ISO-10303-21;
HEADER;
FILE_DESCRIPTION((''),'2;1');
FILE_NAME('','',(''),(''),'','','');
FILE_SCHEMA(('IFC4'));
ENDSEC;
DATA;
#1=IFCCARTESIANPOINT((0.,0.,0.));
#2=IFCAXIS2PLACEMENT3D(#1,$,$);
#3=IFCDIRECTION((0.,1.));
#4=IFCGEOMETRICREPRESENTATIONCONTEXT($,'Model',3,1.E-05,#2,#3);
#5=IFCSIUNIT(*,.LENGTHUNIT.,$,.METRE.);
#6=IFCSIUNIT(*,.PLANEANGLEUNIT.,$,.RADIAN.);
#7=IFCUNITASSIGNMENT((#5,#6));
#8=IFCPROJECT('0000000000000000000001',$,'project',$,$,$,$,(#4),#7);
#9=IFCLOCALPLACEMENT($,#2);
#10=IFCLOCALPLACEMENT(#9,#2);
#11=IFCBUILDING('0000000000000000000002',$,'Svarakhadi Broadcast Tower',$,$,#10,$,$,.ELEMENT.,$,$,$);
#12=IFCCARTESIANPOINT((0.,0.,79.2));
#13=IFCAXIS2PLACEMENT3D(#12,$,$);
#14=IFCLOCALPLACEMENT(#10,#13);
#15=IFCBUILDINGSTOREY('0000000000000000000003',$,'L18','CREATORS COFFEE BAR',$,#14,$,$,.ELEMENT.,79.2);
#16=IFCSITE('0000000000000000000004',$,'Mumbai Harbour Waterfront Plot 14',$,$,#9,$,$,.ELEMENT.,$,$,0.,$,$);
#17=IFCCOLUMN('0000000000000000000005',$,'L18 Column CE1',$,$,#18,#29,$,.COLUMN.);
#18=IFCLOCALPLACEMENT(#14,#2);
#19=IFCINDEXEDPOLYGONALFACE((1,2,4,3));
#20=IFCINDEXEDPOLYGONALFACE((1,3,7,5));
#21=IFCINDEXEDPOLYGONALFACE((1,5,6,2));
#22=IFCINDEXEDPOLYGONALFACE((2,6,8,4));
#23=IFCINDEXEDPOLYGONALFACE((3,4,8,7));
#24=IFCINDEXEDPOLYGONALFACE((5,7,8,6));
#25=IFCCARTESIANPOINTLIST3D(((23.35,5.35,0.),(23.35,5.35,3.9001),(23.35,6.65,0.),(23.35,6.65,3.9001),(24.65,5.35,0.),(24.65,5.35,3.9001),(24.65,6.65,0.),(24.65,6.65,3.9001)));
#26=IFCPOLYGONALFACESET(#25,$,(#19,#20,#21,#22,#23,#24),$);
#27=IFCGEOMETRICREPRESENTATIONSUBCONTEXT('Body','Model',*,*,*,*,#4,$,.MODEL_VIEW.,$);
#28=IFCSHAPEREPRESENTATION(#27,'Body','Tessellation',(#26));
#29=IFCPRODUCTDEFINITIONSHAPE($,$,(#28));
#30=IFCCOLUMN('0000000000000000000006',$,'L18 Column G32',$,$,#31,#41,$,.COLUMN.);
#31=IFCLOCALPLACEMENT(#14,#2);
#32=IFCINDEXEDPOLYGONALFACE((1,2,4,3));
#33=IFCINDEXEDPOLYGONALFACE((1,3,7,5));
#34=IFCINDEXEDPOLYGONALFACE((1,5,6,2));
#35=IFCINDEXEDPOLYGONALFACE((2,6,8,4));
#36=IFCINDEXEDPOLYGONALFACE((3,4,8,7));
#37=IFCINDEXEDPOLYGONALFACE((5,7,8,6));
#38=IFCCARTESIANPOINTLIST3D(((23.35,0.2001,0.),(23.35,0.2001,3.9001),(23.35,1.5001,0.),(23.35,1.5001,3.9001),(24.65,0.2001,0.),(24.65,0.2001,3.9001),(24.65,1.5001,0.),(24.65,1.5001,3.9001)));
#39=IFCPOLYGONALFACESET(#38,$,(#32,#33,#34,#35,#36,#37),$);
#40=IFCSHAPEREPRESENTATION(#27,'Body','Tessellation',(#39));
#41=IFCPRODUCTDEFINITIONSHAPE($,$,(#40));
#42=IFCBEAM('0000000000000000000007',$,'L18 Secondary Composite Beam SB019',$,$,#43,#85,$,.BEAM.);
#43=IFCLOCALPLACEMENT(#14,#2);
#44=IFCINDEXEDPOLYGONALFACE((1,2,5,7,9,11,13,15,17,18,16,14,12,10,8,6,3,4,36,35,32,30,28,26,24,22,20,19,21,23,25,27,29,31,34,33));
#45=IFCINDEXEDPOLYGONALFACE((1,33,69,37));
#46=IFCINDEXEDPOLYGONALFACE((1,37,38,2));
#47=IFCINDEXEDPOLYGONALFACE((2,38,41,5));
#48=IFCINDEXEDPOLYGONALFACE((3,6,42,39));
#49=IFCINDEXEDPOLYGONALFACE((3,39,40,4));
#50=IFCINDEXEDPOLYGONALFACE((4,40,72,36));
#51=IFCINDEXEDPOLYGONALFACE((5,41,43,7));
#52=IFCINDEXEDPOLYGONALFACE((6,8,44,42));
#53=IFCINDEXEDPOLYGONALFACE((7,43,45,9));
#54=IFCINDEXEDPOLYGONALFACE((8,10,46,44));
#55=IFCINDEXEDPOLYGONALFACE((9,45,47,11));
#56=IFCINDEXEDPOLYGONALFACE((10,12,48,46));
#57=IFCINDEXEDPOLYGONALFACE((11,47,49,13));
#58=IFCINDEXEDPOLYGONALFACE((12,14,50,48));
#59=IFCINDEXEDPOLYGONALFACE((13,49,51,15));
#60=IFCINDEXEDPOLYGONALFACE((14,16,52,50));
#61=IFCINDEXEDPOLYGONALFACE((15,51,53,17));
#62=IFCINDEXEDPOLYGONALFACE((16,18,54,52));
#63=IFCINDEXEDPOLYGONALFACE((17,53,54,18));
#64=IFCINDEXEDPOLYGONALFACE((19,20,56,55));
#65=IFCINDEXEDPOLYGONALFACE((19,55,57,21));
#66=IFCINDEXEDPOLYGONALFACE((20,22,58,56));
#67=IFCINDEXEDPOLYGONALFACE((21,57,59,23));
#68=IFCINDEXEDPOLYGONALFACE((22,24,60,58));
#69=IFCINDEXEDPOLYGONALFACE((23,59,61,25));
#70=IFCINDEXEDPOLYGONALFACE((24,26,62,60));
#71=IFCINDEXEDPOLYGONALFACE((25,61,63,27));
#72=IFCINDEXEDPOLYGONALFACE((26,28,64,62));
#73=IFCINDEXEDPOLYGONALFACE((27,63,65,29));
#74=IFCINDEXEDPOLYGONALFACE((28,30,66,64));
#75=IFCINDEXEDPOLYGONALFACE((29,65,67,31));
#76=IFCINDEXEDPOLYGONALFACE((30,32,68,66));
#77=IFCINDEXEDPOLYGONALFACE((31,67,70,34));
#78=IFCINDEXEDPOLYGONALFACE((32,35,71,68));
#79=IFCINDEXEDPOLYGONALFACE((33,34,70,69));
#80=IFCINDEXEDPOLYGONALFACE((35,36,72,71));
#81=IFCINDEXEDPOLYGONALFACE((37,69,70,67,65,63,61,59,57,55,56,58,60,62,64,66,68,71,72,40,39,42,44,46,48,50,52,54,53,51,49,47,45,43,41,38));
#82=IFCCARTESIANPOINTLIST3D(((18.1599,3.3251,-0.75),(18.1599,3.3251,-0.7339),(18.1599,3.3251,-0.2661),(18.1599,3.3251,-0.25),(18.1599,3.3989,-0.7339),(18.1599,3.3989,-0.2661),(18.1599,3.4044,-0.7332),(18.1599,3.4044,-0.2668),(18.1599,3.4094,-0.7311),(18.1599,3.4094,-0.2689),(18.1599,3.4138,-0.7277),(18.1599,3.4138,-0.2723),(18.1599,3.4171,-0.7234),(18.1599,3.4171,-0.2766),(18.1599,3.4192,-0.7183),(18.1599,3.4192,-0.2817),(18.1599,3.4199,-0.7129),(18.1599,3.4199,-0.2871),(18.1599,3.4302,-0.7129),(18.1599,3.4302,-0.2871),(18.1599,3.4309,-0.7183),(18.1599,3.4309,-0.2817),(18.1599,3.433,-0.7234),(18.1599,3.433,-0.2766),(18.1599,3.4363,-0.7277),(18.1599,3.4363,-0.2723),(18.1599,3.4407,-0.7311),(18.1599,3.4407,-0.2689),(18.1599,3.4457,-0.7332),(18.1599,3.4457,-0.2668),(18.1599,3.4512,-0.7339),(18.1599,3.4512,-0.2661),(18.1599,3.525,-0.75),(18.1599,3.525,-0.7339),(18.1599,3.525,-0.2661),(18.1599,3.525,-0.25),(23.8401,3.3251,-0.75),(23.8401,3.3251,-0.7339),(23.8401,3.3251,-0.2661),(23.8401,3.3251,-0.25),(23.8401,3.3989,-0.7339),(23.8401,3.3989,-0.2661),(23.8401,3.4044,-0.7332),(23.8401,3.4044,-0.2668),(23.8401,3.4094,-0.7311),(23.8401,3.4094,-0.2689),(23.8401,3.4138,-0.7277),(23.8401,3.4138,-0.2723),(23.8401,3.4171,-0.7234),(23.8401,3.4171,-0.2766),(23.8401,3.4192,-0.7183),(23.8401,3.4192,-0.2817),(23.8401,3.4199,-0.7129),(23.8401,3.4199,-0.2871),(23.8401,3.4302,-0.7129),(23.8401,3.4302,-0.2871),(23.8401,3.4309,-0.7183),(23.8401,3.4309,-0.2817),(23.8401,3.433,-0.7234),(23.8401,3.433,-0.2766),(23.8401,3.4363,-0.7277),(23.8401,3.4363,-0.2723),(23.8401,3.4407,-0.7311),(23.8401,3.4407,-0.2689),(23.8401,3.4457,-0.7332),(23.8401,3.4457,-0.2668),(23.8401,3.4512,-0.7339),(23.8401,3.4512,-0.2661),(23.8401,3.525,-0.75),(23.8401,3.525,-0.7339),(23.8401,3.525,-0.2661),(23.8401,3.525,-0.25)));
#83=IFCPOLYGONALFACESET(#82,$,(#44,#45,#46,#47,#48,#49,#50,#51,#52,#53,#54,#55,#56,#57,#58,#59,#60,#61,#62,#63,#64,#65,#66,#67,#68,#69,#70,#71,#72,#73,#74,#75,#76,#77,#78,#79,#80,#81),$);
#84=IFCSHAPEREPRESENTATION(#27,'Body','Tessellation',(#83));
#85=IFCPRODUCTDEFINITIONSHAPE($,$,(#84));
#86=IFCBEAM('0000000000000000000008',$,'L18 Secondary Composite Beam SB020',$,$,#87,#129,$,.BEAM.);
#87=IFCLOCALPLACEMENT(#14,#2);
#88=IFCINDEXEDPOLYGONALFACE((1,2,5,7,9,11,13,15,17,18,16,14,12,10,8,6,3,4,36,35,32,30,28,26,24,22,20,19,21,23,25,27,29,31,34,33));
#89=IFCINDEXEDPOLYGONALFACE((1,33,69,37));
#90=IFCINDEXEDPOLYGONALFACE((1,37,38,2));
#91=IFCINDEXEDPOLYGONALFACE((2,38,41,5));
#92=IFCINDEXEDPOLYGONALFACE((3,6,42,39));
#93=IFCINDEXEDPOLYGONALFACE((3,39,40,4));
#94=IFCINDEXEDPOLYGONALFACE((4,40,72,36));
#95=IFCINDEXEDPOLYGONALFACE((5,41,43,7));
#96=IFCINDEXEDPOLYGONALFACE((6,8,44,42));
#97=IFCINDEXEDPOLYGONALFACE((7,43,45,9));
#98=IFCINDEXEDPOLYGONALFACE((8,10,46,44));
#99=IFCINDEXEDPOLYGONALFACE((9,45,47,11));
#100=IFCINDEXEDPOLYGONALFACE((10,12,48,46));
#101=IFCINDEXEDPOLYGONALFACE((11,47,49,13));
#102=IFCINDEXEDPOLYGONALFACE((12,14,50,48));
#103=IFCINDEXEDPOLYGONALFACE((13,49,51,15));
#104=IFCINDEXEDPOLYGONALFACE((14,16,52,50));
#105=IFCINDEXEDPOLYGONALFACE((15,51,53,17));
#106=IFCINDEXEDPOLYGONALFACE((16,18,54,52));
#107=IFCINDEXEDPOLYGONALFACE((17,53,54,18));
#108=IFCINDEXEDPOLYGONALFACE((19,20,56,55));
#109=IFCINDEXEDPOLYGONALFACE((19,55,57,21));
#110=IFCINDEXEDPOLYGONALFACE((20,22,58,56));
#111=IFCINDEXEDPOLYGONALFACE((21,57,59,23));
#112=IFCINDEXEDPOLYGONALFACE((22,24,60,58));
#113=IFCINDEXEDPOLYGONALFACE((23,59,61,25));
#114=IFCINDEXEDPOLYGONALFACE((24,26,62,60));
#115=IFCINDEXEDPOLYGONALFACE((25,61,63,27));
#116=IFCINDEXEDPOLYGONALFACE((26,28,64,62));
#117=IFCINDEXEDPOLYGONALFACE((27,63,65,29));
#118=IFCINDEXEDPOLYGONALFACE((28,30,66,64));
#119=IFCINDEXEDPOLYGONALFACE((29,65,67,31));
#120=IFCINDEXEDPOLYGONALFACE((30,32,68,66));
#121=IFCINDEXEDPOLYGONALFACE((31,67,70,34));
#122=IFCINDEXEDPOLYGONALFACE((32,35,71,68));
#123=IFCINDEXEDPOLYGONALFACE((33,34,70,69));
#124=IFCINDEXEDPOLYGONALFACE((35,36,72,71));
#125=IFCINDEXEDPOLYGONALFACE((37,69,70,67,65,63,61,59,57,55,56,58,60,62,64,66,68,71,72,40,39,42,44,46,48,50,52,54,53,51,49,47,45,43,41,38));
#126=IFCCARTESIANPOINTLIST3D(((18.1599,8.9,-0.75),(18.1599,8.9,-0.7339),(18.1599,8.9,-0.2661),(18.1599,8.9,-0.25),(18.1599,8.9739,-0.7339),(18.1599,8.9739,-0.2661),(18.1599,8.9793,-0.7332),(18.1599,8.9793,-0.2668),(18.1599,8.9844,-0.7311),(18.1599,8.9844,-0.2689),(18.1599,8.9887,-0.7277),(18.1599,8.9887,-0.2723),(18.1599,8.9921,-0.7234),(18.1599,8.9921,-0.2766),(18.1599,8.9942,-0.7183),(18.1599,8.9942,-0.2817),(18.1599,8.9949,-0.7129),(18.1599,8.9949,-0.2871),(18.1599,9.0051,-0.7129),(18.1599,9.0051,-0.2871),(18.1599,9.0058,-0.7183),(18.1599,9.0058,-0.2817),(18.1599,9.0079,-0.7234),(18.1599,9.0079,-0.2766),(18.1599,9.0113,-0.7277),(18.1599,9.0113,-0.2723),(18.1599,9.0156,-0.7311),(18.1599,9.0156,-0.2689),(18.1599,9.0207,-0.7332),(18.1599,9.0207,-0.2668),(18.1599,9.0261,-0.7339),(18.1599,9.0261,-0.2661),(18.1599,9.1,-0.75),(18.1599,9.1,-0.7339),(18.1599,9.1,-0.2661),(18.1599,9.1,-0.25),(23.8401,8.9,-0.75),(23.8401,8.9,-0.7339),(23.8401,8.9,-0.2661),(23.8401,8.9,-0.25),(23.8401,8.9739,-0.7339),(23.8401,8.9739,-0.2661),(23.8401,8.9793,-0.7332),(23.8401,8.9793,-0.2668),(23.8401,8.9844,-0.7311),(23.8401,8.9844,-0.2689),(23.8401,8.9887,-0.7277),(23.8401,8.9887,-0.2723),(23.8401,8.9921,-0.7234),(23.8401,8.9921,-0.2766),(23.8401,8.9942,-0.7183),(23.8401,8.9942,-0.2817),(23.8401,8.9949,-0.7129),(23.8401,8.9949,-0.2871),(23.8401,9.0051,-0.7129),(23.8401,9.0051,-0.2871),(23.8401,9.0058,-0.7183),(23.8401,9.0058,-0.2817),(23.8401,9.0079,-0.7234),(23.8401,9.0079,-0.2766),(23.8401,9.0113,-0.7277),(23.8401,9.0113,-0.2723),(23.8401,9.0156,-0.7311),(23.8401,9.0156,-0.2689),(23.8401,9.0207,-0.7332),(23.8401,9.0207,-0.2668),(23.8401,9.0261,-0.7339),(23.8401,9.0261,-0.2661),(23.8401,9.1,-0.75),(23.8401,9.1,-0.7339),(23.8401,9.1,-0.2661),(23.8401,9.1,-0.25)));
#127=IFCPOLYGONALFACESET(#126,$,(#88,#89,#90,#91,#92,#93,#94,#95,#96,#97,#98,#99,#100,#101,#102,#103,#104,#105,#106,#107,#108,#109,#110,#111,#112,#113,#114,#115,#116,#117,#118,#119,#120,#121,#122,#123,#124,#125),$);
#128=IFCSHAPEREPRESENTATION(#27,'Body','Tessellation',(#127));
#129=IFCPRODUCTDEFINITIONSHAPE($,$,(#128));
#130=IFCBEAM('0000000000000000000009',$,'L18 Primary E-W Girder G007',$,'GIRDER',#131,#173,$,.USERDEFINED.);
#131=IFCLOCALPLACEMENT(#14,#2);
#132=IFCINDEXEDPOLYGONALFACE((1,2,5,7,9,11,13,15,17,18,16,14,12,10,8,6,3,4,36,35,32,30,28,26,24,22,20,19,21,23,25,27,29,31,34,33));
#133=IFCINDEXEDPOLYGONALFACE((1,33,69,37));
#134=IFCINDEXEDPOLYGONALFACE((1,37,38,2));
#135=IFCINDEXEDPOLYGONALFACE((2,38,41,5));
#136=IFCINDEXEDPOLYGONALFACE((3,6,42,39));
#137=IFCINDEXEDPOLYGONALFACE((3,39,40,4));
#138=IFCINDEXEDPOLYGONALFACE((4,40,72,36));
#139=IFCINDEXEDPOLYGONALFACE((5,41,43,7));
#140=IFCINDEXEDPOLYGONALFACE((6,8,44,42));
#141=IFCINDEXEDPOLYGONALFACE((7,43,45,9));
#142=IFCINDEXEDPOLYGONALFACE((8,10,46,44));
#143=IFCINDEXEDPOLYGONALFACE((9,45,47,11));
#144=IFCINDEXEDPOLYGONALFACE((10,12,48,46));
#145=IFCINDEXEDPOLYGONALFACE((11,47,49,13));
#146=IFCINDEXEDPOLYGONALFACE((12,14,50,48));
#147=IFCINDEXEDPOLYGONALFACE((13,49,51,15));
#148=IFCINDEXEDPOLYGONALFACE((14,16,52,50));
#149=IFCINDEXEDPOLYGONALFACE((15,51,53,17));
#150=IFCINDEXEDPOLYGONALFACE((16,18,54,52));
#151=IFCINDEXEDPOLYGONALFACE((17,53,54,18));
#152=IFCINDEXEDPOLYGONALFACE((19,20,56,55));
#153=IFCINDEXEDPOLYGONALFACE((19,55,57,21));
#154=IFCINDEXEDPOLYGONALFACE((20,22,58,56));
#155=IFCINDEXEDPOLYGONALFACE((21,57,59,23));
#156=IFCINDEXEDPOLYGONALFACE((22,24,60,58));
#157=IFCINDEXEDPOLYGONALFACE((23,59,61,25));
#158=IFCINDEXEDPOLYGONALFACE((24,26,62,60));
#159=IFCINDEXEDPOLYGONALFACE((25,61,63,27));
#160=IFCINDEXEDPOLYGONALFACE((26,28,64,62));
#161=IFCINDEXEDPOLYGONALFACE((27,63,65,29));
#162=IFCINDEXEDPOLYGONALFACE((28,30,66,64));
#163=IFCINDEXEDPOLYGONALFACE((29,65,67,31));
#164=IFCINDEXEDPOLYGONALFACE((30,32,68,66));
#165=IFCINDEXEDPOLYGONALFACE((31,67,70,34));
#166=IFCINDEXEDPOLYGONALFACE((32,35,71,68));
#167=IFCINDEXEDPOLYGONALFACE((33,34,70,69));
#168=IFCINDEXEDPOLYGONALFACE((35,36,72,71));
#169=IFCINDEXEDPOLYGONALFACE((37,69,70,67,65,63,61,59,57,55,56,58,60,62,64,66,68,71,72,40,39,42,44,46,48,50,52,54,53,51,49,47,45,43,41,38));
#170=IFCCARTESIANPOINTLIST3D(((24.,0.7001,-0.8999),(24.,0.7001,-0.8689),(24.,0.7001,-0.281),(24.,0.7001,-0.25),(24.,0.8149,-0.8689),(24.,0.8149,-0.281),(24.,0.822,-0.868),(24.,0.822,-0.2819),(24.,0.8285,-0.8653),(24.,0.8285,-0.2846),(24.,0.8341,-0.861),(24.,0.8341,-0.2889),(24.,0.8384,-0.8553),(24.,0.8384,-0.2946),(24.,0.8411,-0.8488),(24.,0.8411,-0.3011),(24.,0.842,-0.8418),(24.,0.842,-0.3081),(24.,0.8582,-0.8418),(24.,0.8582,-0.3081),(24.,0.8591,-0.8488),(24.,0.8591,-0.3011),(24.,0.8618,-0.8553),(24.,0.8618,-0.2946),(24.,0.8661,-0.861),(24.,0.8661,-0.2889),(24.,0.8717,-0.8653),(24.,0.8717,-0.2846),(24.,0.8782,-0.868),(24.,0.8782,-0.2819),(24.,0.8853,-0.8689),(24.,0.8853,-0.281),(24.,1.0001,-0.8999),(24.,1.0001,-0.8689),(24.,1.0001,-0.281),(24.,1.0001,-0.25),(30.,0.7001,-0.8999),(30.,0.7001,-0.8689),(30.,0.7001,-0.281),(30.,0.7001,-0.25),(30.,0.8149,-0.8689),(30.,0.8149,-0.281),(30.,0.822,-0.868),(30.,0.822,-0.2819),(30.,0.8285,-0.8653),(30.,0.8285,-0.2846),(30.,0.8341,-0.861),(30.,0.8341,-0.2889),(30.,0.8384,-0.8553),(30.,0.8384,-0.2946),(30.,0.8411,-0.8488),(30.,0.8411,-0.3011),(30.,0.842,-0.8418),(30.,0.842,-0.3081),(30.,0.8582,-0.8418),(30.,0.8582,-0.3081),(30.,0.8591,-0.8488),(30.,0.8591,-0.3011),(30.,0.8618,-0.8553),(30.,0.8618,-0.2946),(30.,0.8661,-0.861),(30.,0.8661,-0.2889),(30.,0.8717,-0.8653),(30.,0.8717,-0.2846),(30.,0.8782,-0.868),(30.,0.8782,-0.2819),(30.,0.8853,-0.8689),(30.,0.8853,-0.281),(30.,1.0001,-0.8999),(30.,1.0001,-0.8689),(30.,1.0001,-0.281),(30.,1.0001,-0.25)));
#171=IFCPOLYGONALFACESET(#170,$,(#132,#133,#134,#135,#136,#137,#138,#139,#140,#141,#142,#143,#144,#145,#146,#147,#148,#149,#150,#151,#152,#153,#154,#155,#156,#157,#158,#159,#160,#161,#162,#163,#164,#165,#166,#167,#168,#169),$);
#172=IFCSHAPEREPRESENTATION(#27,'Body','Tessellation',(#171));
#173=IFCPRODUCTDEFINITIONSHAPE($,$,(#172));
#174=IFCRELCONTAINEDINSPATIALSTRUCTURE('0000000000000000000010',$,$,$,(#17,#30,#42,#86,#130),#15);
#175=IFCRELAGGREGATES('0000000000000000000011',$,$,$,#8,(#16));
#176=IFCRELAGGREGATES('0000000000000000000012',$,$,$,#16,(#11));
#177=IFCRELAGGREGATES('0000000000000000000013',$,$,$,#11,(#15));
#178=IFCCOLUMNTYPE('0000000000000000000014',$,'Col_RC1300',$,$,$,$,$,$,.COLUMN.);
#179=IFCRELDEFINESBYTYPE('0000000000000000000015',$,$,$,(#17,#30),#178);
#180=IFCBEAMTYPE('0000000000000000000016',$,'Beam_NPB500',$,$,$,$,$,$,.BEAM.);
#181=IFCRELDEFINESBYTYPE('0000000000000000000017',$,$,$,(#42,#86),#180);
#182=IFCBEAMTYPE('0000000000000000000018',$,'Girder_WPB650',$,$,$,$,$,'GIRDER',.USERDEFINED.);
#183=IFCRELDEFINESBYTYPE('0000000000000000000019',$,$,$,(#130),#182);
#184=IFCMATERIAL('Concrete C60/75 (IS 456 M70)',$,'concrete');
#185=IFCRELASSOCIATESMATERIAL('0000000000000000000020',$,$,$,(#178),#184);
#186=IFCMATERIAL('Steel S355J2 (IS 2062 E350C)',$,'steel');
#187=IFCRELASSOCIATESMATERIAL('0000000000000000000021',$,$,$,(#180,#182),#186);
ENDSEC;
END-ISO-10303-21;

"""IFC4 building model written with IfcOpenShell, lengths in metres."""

from ifc_helpers import new_model, si_unit, direction, frame, origin, origin_2d, place, context, subcontext, project, spatial, rectangle, i_section, extrude, material, material_profile, profile_set, type_object, element, save


model = new_model("IFC4")

# Units and contexts
model_context = context("Model", 3, precision=1e-05, world=origin(), true_north=direction((0.0, 1.0)))
body_context = subcontext(model_context, "Body", "Model", "MODEL_VIEW")
ifc_project = project(units=[si_unit("LENGTHUNIT", "METRE"), si_unit("PLANEANGLEUNIT", "RADIAN")], contexts=[model_context])

# Site, building, storey
site_placement = place(None, origin())
site = spatial("IfcSite", under=ifc_project, at=site_placement, Name="Mumbai Harbour Waterfront Plot 14", CompositionType="ELEMENT", RefElevation=0.0)
building_placement = place(site_placement, origin())
building = spatial("IfcBuilding", under=site, at=building_placement, Name="Svarakhadi Broadcast Tower", CompositionType="ELEMENT")
storey_placement = place(building_placement, frame((0.0, 0.0, 79.2)))
storey = spatial("IfcBuildingStorey", under=building, at=storey_placement, Name="L18", Description="CREATORS COFFEE BAR", CompositionType="ELEMENT", Elevation=79.2)

# Columns
ifc_material_1 = material(Name="Concrete C60/75 (IS 456 M70)", Category="concrete")
ifc_material_profile_1 = material_profile(ifc_material_1, rectangle(XDim=1.3, YDim=1.3, at=origin_2d()), Name="RC 1300x1300")
ifc_profile_set_1 = profile_set([ifc_material_profile_1], Name="Concrete C60/75 (IS 456 M70)")
column_type = type_object("IfcColumnType", Name="Col_RC1300", PredefinedType="COLUMN", material=ifc_profile_set_1)
for number, where, z_axis, x_axis, name in (
    (1, (24.0, 6.0, 0.0), (0.0, 0.0, 1.0), (1.0, 0.0, 0.0), "L18 Column CE1"),
    (2, (24.0, 0.8501, 0.0), (0.0, 0.0, 1.0), (1.0, 0.0, 0.0), "L18 Column G32"),
):
    element("IfcColumn", number, at=place(storey_placement, frame(where, z_axis=z_axis, x_axis=x_axis)), inside=storey, type_object=column_type, Name=name, PredefinedType="COLUMN", context=body_context, shape_type="SweptSolid", body=[
        extrude(rectangle(XDim=1.3, YDim=1.3, at=origin_2d()), origin(), (0.0, 0.0, 1.0), 3.9001),
    ])

# Beams
ifc_material_2 = material(Name="Steel S355J2 (IS 2062 E350C)", Category="steel")
ifc_material_profile_2 = material_profile(ifc_material_2, i_section(OverallWidth=0.2, OverallDepth=0.5, WebThickness=0.0103, FlangeThickness=0.0161, FilletRadius=0.021, at=origin_2d()), Name="NPB 500x200x91")
ifc_profile_set_2 = profile_set([ifc_material_profile_2], Name="Steel S355J2 (IS 2062 E350C)")
beam_type_1 = type_object("IfcBeamType", Name="Beam_NPB500", PredefinedType="BEAM", material=ifc_profile_set_2)
for number, where, z_axis, x_axis, name in (
    (3, (18.1599, 3.425, -0.5), (1.0, 0.0, 0.0), (0.0, 1.0, 0.0), "L18 Secondary Composite Beam SB019"),
    (4, (18.1599, 9.0, -0.5), (1.0, 0.0, 0.0), (0.0, 1.0, 0.0), "L18 Secondary Composite Beam SB020"),
):
    element("IfcBeam", number, at=place(storey_placement, frame(where, z_axis=z_axis, x_axis=x_axis)), inside=storey, type_object=beam_type_1, Name=name, PredefinedType="BEAM", context=body_context, shape_type="SweptSolid", body=[
        extrude(i_section(OverallWidth=0.2, OverallDepth=0.5, WebThickness=0.0103, FlangeThickness=0.0161, FilletRadius=0.021, at=origin_2d()), origin(), (0.0, 0.0, 1.0), 5.6802),
    ])
ifc_material_profile_3 = material_profile(ifc_material_2, i_section(OverallWidth=0.3, OverallDepth=0.6499, WebThickness=0.0161, FlangeThickness=0.031, FilletRadius=0.0271, at=origin_2d()), Name="WPB 650x300x225")
ifc_profile_set_3 = profile_set([ifc_material_profile_3], Name="Steel S355J2 (IS 2062 E350C)")
beam_type_2 = type_object("IfcBeamType", Name="Girder_WPB650", ElementType="GIRDER", PredefinedType="USERDEFINED", material=ifc_profile_set_3)
beam_1_placement = place(storey_placement, frame((24.0, 0.8501, -0.575), z_axis=(1.0, 0.0, 0.0), x_axis=(0.0, 1.0, 0.0)))
element("IfcBeam", 5, at=beam_1_placement, inside=storey, type_object=beam_type_2, Name="L18 Primary E-W Girder G007", ObjectType="GIRDER", PredefinedType="USERDEFINED", context=body_context, shape_type="SweptSolid", body=[
    extrude(i_section(OverallWidth=0.3, OverallDepth=0.6499, WebThickness=0.0161, FlangeThickness=0.031, FilletRadius=0.0271, at=origin_2d()), origin(), (0.0, 0.0, 1.0), 6.0),
])

save(model, "model.ifc")
